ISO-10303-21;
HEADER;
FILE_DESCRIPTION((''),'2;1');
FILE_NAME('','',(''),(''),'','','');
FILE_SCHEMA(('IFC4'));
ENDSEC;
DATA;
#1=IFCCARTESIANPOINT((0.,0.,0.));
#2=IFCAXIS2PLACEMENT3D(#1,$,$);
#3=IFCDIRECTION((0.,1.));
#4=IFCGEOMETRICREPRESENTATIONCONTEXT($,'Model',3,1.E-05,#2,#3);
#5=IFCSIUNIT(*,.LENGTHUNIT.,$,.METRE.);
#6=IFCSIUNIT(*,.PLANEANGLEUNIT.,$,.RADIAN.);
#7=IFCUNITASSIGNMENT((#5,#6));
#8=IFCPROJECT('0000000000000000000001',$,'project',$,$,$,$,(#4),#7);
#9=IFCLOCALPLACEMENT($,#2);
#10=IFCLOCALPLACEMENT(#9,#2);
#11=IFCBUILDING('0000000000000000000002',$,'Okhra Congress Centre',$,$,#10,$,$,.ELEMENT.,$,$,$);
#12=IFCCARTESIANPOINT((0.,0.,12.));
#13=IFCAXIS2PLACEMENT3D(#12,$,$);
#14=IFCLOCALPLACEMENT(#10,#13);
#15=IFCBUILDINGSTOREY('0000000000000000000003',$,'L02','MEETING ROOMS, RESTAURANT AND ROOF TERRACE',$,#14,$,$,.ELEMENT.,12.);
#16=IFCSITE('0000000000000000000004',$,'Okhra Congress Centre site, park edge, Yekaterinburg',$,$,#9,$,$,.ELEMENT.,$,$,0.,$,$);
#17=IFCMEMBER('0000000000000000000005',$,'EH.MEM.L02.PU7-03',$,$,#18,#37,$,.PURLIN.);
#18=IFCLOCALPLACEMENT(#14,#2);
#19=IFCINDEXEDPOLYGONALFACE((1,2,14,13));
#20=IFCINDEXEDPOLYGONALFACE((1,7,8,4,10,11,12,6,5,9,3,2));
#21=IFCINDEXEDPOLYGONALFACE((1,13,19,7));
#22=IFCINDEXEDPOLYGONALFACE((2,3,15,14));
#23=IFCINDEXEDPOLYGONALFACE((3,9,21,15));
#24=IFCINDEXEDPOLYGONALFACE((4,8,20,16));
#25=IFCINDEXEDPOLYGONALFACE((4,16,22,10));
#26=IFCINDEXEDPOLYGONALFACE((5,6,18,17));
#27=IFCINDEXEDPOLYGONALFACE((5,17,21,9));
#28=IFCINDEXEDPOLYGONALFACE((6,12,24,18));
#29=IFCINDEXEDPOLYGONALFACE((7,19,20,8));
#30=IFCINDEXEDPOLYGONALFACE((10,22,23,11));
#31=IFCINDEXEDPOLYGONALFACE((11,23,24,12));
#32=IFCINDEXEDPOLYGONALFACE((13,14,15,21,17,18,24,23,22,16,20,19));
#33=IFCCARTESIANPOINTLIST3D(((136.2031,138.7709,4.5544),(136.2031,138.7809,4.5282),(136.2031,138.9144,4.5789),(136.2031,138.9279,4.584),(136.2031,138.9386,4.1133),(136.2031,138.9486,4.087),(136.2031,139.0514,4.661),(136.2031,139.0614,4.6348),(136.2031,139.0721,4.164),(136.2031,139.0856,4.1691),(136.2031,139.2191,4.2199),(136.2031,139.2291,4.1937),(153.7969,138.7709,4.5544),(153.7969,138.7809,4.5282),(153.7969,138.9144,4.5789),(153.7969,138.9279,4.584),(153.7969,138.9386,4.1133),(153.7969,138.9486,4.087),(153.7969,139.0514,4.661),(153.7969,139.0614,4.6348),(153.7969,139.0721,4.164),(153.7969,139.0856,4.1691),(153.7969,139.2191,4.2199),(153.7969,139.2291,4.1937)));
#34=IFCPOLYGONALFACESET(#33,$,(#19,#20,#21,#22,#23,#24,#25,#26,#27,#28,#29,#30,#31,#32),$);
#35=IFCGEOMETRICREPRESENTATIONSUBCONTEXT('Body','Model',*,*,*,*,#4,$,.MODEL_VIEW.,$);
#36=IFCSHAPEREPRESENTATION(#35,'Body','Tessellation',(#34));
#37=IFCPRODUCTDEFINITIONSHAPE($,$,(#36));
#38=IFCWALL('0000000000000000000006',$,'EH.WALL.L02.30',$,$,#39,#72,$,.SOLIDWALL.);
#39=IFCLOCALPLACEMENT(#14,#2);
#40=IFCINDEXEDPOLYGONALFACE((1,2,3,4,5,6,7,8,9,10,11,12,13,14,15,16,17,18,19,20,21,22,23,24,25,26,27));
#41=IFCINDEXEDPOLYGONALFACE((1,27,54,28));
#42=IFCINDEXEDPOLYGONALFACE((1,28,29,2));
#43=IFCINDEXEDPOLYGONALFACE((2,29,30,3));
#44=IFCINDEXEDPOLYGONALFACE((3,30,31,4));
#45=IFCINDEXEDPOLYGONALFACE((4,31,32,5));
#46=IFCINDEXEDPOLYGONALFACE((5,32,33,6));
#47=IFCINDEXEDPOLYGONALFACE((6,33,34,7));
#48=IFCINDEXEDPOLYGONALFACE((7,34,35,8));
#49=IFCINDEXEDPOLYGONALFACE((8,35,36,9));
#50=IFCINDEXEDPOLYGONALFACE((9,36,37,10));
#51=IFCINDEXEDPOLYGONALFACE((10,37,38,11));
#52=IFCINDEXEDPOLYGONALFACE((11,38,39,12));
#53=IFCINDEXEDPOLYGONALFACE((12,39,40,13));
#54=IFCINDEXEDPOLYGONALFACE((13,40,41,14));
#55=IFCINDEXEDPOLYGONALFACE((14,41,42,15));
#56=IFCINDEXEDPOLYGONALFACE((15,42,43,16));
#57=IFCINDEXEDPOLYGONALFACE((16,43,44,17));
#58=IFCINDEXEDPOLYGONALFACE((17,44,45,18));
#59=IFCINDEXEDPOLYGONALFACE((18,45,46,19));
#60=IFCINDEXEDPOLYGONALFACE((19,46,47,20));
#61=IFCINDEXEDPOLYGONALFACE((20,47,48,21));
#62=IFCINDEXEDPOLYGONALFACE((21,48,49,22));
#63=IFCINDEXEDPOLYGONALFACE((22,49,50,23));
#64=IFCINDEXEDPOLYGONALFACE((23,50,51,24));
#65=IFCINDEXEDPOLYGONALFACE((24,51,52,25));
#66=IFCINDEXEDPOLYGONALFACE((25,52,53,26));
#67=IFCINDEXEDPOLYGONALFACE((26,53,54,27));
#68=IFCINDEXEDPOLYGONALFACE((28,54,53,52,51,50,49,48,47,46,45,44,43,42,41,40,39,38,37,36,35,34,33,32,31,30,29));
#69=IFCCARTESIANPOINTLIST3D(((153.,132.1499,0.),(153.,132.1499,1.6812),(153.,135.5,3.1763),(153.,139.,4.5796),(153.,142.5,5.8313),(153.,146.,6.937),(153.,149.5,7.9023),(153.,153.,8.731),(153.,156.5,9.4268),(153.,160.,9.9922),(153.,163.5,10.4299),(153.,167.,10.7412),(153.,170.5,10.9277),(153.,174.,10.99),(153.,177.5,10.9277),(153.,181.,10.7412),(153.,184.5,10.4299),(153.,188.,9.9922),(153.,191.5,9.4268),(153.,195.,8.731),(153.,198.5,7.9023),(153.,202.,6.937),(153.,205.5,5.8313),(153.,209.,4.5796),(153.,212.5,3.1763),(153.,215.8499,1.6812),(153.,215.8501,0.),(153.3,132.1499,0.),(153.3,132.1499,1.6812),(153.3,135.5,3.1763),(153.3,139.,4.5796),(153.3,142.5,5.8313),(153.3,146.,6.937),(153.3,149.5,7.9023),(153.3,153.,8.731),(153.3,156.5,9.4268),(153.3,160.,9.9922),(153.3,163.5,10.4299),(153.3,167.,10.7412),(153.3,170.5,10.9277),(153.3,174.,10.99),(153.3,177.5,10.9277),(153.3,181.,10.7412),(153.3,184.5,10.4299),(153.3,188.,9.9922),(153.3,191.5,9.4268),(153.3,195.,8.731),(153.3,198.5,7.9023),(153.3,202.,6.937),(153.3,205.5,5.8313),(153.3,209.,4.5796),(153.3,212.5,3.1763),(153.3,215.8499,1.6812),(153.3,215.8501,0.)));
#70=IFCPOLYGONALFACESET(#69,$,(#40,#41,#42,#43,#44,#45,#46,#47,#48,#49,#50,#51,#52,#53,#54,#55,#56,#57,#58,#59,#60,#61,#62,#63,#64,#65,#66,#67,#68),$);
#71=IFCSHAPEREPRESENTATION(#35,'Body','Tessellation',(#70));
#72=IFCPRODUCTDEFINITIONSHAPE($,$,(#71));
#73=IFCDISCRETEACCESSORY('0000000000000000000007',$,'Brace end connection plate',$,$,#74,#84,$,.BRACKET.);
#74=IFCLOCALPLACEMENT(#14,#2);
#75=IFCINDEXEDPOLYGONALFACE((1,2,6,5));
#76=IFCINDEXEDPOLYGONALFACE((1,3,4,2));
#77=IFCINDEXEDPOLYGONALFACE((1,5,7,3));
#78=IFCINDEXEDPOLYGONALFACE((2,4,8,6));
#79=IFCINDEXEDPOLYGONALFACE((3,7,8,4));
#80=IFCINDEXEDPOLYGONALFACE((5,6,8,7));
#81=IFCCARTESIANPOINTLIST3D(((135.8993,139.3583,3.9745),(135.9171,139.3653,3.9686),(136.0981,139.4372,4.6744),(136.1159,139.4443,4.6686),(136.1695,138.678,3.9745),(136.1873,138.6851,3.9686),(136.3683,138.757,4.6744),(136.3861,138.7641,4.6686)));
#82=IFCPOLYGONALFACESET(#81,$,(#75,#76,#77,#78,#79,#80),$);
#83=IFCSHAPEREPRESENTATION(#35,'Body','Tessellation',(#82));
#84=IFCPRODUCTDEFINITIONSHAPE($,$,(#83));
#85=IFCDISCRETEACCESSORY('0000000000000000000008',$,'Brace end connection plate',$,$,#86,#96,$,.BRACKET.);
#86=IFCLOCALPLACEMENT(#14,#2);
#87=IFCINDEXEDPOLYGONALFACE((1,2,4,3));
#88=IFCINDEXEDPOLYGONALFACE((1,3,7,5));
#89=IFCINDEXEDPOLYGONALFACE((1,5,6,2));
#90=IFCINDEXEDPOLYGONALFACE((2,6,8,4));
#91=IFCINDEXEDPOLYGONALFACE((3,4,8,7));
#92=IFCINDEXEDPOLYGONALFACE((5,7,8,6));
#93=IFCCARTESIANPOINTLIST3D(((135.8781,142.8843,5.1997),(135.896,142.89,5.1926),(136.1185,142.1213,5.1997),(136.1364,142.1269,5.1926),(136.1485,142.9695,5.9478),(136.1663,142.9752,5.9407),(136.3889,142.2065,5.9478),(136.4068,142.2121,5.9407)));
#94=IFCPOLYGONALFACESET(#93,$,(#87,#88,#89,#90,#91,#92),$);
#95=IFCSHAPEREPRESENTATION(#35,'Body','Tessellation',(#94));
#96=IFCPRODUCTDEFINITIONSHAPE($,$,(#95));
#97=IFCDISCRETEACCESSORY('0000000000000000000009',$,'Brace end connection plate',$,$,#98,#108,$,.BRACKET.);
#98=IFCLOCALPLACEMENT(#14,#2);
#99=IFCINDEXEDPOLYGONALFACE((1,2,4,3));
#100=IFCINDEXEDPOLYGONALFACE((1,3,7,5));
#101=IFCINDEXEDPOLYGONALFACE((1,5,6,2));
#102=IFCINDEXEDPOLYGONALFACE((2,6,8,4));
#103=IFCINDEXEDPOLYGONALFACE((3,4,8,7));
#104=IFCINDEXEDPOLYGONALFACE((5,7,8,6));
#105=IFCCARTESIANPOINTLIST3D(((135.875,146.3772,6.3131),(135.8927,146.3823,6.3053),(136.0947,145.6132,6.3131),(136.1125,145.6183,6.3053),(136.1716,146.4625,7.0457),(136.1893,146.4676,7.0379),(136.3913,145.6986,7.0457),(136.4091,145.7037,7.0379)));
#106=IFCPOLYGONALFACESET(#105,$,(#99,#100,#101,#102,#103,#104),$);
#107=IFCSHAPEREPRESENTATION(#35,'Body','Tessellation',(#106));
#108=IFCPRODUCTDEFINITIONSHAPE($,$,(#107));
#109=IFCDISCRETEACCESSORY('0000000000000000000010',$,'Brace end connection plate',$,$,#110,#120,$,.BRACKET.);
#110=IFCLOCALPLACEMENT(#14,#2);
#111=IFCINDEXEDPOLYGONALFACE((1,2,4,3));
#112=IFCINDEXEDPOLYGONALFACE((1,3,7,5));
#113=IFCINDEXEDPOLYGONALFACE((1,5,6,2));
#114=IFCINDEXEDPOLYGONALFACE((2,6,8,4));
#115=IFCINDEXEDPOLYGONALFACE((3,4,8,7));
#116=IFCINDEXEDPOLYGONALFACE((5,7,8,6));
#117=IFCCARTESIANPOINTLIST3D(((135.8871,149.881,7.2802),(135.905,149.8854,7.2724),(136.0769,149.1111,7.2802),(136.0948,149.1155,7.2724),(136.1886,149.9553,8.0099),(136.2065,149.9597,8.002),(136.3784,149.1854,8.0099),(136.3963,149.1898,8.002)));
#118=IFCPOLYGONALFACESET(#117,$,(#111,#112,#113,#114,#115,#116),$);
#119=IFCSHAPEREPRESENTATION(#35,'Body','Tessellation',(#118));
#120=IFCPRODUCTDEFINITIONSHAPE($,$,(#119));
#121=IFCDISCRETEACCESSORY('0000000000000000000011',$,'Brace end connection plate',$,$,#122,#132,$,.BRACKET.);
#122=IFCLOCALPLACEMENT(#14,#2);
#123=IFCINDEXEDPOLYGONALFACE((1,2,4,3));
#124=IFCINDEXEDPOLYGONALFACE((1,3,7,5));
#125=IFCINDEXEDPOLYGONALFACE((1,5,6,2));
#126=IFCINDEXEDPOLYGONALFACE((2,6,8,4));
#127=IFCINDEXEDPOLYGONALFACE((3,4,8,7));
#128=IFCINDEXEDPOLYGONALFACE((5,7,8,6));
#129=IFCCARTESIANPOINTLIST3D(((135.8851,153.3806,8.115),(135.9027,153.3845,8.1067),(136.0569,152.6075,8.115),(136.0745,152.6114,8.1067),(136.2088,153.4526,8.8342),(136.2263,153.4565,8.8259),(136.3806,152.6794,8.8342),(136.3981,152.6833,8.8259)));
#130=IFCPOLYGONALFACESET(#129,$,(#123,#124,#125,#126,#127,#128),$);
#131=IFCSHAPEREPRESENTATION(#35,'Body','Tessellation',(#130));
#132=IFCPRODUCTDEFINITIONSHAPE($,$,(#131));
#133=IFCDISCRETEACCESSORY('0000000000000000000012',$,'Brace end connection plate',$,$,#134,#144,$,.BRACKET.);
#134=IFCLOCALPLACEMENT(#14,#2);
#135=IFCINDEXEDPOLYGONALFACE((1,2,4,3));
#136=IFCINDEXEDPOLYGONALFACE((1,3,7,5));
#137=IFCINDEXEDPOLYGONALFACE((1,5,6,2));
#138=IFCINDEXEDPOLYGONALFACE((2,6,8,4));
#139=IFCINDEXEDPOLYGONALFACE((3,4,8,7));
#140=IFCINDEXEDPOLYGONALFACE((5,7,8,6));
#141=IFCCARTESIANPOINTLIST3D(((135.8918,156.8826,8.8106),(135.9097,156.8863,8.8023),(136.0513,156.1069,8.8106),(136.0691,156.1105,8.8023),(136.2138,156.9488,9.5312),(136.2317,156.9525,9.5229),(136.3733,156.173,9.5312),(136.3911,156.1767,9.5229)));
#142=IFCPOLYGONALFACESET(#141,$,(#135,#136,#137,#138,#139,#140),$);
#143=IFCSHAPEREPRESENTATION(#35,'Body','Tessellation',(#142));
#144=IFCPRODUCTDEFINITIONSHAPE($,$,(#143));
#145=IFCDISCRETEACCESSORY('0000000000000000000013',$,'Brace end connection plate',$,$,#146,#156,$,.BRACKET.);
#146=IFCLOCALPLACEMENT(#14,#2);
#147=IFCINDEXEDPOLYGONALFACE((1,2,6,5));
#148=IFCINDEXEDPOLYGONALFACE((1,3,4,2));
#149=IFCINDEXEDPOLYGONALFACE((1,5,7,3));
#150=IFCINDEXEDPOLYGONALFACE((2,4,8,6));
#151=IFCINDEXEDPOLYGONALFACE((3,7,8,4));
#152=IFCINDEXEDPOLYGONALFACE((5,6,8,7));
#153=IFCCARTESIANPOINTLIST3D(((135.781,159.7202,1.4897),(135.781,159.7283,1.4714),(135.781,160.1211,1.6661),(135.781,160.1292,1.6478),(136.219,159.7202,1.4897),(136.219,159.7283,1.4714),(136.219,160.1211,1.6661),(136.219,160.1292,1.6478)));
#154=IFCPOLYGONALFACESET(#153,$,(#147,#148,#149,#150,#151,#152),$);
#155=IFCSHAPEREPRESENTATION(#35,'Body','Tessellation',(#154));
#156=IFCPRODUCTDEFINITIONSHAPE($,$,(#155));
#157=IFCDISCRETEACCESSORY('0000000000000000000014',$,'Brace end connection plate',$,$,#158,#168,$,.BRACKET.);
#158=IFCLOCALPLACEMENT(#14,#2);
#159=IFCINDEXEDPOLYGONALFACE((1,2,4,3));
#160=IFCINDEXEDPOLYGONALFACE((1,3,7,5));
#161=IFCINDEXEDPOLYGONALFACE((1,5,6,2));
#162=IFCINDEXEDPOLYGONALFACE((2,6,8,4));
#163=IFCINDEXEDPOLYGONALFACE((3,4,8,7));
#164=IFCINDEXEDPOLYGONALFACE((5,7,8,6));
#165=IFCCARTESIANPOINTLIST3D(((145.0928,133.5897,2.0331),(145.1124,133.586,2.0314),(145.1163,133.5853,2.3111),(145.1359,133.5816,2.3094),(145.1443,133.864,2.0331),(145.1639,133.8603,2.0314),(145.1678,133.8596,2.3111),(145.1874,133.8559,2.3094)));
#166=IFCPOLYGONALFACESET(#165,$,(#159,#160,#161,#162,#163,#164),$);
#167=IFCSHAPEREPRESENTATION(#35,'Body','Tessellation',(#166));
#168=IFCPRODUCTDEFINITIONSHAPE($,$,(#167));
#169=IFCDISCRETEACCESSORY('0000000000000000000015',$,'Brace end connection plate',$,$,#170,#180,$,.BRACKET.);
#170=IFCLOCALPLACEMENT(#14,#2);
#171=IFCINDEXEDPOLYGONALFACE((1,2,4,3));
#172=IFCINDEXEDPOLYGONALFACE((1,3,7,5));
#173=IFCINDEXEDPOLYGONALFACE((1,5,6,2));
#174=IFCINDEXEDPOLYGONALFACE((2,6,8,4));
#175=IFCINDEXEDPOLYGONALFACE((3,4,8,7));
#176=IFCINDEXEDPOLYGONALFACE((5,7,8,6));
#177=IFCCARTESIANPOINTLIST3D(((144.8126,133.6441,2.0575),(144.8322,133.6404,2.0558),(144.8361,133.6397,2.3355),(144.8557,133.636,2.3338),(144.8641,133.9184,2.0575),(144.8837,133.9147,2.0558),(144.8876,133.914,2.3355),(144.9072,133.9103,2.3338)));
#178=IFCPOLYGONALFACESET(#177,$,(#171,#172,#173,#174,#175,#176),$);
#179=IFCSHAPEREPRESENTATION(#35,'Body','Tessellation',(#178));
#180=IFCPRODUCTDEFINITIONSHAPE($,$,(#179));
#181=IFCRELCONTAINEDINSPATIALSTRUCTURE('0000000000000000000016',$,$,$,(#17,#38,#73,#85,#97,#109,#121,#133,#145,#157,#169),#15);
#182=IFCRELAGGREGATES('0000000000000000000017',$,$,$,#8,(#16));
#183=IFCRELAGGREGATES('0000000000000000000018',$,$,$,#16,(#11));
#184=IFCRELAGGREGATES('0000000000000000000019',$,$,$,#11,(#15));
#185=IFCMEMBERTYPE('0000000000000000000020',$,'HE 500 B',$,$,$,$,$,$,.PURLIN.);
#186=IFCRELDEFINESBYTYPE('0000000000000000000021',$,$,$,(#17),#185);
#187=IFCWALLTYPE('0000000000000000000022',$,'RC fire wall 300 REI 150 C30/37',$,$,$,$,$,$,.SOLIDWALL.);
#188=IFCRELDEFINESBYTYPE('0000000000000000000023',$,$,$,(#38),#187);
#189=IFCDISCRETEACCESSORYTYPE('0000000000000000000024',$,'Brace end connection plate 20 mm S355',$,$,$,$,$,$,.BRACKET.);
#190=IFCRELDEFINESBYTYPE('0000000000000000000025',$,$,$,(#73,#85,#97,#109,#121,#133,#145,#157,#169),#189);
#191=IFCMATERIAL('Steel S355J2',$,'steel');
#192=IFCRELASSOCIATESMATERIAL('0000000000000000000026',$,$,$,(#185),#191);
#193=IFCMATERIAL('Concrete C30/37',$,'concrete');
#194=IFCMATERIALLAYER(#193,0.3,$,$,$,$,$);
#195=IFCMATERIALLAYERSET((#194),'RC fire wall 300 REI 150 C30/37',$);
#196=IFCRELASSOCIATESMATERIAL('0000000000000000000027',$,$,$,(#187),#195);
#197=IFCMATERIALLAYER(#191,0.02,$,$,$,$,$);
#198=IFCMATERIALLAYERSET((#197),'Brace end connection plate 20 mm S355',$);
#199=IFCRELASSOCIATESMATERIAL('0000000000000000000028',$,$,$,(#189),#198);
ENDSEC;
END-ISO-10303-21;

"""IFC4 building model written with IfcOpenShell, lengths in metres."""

from ifc_helpers import new_model, si_unit, direction, frame, origin, origin_2d, place, context, subcontext, project, spatial, polyline, rectangle, i_section, outline, extrude, material, layer, layer_set, material_profile, profile_set, type_object, element, save


model = new_model("IFC4")

# Units and contexts
model_context = context("Model", 3, precision=1e-05, world=origin(), true_north=direction((0.0, 1.0)))
body_context = subcontext(model_context, "Body", "Model", "MODEL_VIEW")
ifc_project = project(units=[si_unit("LENGTHUNIT", "METRE"), si_unit("PLANEANGLEUNIT", "RADIAN")], contexts=[model_context])

# Site, building, storey
site_placement = place(None, origin())
site = spatial("IfcSite", under=ifc_project, at=site_placement, Name="Okhra Congress Centre site, park edge, Yekaterinburg", CompositionType="ELEMENT", RefElevation=0.0)
building_placement = place(site_placement, origin())
building = spatial("IfcBuilding", under=site, at=building_placement, Name="Okhra Congress Centre", CompositionType="ELEMENT")
storey_placement = place(building_placement, frame((0.0, 0.0, 12.0)))
storey = spatial("IfcBuildingStorey", under=building, at=storey_placement, Name="L02", Description="MEETING ROOMS, RESTAURANT AND ROOF TERRACE", CompositionType="ELEMENT", Elevation=12.0)

# Shared definitions
ifc_material_1 = material(Name="Steel S355J2", Category="steel")

# Member
ifc_material_profile_1 = material_profile(ifc_material_1, i_section(OverallWidth=0.3, OverallDepth=0.5, WebThickness=0.0144, FlangeThickness=0.0281, at=origin_2d()), Name="HE 500 B")
ifc_profile_set_1 = profile_set([ifc_material_profile_1], Name="Steel S355J2")
member_type_1 = type_object("IfcMemberType", Name="HE 500 B", PredefinedType="PURLIN", material=ifc_profile_set_1)
for number, where, z_axis, x_axis, name in (
    (1, (136.2031, 139.0, 4.374), (1.0, 0.0, 0.0), (0.0, 0.934733, 0.355351), "EH.MEM.L02.PU7-03"),
):
    element("IfcMember", number, at=place(storey_placement, frame(where, z_axis=z_axis, x_axis=x_axis)), inside=storey, type_object=member_type_1, Name=name, PredefinedType="PURLIN", context=body_context, shape_type="SweptSolid", body=[
        extrude(i_section(OverallWidth=0.3, OverallDepth=0.5, WebThickness=0.0144, FlangeThickness=0.0281, at=origin_2d()), origin(), (0.0, 0.0, 1.0), 17.5938),
    ])

# Wall
ifc_material_2 = material(Name="Concrete C30/37", Category="concrete")
ifc_layer_1 = layer(ifc_material_2, 0.3)
ifc_layer_set_1 = layer_set([ifc_layer_1], Name="RC fire wall 300 REI 150 C30/37")
wall_type = type_object("IfcWallType", Name="RC fire wall 300 REI 150 C30/37", PredefinedType="SOLIDWALL", material=ifc_layer_set_1)
wall_placement = place(storey_placement, frame((153.1499, 132.1499, 0.0), z_axis=(0.0, 0.0, 1.0), x_axis=(0.0, 1.0, 0.0)))
element("IfcWall", 2, at=wall_placement, inside=storey, type_object=wall_type, Name="EH.WALL.L02.30", PredefinedType="SOLIDWALL", context=body_context, shape_type="SweptSolid", body=[
    extrude(outline(polyline([(0.0, 0.0), (83.7002, 0.0), (83.7, 1.6812), (80.3501, 3.1763), (76.8501, 4.5796), (73.3501, 5.8313), (69.8501, 6.937), (66.3501, 7.9023), (62.8501, 8.731), (59.3501, 9.4268), (55.8501, 9.9922), (52.3501, 10.4299), (48.8501, 10.7412), (45.3501, 10.9277), (41.8501, 10.99), (38.3501, 10.9277), (34.8501, 10.7412), (31.3501, 10.4299), (27.8501, 9.9922), (24.3501, 9.4268), (20.8501, 8.731), (17.3501, 7.9023), (13.8501, 6.937), (10.3501, 5.8313), (6.8501, 4.5796), (3.3501, 3.1763), (0.0, 1.6812), (0.0, 0.0)])), frame((0.0, 0.1499, 0.0), z_axis=(0.0, -1.0, 0.0), x_axis=(1.0, 0.0, 0.0)), (0.0, 0.0, 1.0), 0.3),
])

# Discrete accessories
ifc_layer_2 = layer(ifc_material_1, 0.02)
ifc_layer_set_2 = layer_set([ifc_layer_2], Name="Brace end connection plate 20 mm S355")
discrete_accessory_type = type_object("IfcDiscreteAccessoryType", Name="Brace end connection plate 20 mm S355", PredefinedType="BRACKET", material=ifc_layer_set_2)
discrete_accessory_1_placement = place(storey_placement, frame((136.1516, 139.0647, 4.3186), z_axis=(-0.888791, -0.353081, 0.292205), x_axis=(0.369195, -0.929352, 0.0)))
element("IfcDiscreteAccessory", 3, at=discrete_accessory_1_placement, inside=storey, type_object=discrete_accessory_type, Name="Brace end connection plate", PredefinedType="BRACKET", context=body_context, shape_type="SweptSolid", body=[
    extrude(rectangle(XDim=0.7319, YDim=0.7319, at=origin_2d()), origin(), (0.0, 0.0, 1.0), 0.02),
])
discrete_accessory_2_placement = place(storey_placement, frame((136.1514, 142.551, 5.5667), z_axis=(-0.891904, -0.281011, 0.354318), x_axis=(0.300506, -0.95378, 0.0)))
element("IfcDiscreteAccessory", 4, at=discrete_accessory_2_placement, inside=storey, type_object=discrete_accessory_type, Name="Brace end connection plate", PredefinedType="BRACKET", context=body_context, shape_type="SweptSolid", body=[
    extrude(rectangle(XDim=0.8, YDim=0.8, at=origin_2d()), origin(), (0.0, 0.0, 1.0), 0.02),
])
discrete_accessory_3_placement = place(storey_placement, frame((136.1509, 146.043, 6.6716), z_axis=(-0.885646, -0.254775, 0.388228), x_axis=(0.276459, -0.961026, 0.0)))
element("IfcDiscreteAccessory", 5, at=discrete_accessory_3_placement, inside=storey, type_object=discrete_accessory_type, Name="Brace end connection plate", PredefinedType="BRACKET", context=body_context, shape_type="SweptSolid", body=[
    extrude(rectangle(XDim=0.7949, YDim=0.7949, at=origin_2d()), origin(), (0.0, 0.0, 1.0), 0.02),
])
discrete_accessory_4_placement = place(storey_placement, frame((136.1506, 149.5376, 7.6372), z_axis=(-0.893372, -0.220283, 0.391615), x_axis=(0.239405, -0.97092, 0.0)))
element("IfcDiscreteAccessory", 6, at=discrete_accessory_4_placement, inside=storey, type_object=discrete_accessory_type, Name="Brace end connection plate", PredefinedType="BRACKET", context=body_context, shape_type="SweptSolid", body=[
    extrude(rectangle(XDim=0.793, YDim=0.793, at=origin_2d()), origin(), (0.0, 0.0, 1.0), 0.02),
])
discrete_accessory_5_placement = place(storey_placement, frame((136.1504, 153.0339, 8.4663), z_axis=(-0.886527, -0.197006, 0.418638), x_axis=(0.21693, -0.976187, 0.0)))
element("IfcDiscreteAccessory", 7, at=discrete_accessory_5_placement, inside=storey, type_object=discrete_accessory_type, Name="Brace end connection plate", PredefinedType="BRACKET", context=body_context, shape_type="SweptSolid", body=[
    extrude(rectangle(XDim=0.792, YDim=0.792, at=origin_2d()), origin(), (0.0, 0.0, 1.0), 0.0198),
])
discrete_accessory_6_placement = place(storey_placement, frame((136.1504, 156.5315, 9.1626), z_axis=(-0.891172, -0.183118, 0.415066), x_axis=(0.201274, -0.979535, 0.0)))
element("IfcDiscreteAccessory", 8, at=discrete_accessory_6_placement, inside=storey, type_object=discrete_accessory_type, Name="Brace end connection plate", PredefinedType="BRACKET", context=body_context, shape_type="SweptSolid", body=[
    extrude(rectangle(XDim=0.792, YDim=0.792, at=origin_2d()), origin(), (0.0, 0.0, 1.0), 0.02),
])
discrete_accessory_7_placement = place(storey_placement, frame((136.0, 159.9207, 1.5779), z_axis=(0.0, 0.402739, -0.915315), x_axis=(-1.0, 0.0, 0.0)))
element("IfcDiscreteAccessory", 9, at=discrete_accessory_7_placement, inside=storey, type_object=discrete_accessory_type, Name="Brace end connection plate", PredefinedType="BRACKET", context=body_context, shape_type="SweptSolid", body=[
    extrude(rectangle(XDim=0.438, YDim=0.438, at=origin_2d()), origin(), (0.0, 0.0, 1.0), 0.02),
])
for number, where, z_axis, x_axis, name in (
    (10, (145.1499, 133.7209, 2.1704), (-0.979257, 0.183611, 0.085685), (-0.184289, -0.982872, 0.0), "Brace end connection plate"),
    (11, (144.8501, 133.7791, 2.1965), (0.979257, -0.183611, -0.085685), (0.184289, 0.982872, 0.0), "Brace end connection plate"),
):
    element("IfcDiscreteAccessory", number, at=place(storey_placement, frame(where, z_axis=z_axis, x_axis=x_axis)), inside=storey, type_object=discrete_accessory_type, Name=name, PredefinedType="BRACKET", context=body_context, shape_type="SweptSolid", body=[
        extrude(rectangle(XDim=0.2791, YDim=0.2791, at=origin_2d()), origin(), (0.0, 0.0, 1.0), 0.02),
    ])

save(model, "model.ifc")
